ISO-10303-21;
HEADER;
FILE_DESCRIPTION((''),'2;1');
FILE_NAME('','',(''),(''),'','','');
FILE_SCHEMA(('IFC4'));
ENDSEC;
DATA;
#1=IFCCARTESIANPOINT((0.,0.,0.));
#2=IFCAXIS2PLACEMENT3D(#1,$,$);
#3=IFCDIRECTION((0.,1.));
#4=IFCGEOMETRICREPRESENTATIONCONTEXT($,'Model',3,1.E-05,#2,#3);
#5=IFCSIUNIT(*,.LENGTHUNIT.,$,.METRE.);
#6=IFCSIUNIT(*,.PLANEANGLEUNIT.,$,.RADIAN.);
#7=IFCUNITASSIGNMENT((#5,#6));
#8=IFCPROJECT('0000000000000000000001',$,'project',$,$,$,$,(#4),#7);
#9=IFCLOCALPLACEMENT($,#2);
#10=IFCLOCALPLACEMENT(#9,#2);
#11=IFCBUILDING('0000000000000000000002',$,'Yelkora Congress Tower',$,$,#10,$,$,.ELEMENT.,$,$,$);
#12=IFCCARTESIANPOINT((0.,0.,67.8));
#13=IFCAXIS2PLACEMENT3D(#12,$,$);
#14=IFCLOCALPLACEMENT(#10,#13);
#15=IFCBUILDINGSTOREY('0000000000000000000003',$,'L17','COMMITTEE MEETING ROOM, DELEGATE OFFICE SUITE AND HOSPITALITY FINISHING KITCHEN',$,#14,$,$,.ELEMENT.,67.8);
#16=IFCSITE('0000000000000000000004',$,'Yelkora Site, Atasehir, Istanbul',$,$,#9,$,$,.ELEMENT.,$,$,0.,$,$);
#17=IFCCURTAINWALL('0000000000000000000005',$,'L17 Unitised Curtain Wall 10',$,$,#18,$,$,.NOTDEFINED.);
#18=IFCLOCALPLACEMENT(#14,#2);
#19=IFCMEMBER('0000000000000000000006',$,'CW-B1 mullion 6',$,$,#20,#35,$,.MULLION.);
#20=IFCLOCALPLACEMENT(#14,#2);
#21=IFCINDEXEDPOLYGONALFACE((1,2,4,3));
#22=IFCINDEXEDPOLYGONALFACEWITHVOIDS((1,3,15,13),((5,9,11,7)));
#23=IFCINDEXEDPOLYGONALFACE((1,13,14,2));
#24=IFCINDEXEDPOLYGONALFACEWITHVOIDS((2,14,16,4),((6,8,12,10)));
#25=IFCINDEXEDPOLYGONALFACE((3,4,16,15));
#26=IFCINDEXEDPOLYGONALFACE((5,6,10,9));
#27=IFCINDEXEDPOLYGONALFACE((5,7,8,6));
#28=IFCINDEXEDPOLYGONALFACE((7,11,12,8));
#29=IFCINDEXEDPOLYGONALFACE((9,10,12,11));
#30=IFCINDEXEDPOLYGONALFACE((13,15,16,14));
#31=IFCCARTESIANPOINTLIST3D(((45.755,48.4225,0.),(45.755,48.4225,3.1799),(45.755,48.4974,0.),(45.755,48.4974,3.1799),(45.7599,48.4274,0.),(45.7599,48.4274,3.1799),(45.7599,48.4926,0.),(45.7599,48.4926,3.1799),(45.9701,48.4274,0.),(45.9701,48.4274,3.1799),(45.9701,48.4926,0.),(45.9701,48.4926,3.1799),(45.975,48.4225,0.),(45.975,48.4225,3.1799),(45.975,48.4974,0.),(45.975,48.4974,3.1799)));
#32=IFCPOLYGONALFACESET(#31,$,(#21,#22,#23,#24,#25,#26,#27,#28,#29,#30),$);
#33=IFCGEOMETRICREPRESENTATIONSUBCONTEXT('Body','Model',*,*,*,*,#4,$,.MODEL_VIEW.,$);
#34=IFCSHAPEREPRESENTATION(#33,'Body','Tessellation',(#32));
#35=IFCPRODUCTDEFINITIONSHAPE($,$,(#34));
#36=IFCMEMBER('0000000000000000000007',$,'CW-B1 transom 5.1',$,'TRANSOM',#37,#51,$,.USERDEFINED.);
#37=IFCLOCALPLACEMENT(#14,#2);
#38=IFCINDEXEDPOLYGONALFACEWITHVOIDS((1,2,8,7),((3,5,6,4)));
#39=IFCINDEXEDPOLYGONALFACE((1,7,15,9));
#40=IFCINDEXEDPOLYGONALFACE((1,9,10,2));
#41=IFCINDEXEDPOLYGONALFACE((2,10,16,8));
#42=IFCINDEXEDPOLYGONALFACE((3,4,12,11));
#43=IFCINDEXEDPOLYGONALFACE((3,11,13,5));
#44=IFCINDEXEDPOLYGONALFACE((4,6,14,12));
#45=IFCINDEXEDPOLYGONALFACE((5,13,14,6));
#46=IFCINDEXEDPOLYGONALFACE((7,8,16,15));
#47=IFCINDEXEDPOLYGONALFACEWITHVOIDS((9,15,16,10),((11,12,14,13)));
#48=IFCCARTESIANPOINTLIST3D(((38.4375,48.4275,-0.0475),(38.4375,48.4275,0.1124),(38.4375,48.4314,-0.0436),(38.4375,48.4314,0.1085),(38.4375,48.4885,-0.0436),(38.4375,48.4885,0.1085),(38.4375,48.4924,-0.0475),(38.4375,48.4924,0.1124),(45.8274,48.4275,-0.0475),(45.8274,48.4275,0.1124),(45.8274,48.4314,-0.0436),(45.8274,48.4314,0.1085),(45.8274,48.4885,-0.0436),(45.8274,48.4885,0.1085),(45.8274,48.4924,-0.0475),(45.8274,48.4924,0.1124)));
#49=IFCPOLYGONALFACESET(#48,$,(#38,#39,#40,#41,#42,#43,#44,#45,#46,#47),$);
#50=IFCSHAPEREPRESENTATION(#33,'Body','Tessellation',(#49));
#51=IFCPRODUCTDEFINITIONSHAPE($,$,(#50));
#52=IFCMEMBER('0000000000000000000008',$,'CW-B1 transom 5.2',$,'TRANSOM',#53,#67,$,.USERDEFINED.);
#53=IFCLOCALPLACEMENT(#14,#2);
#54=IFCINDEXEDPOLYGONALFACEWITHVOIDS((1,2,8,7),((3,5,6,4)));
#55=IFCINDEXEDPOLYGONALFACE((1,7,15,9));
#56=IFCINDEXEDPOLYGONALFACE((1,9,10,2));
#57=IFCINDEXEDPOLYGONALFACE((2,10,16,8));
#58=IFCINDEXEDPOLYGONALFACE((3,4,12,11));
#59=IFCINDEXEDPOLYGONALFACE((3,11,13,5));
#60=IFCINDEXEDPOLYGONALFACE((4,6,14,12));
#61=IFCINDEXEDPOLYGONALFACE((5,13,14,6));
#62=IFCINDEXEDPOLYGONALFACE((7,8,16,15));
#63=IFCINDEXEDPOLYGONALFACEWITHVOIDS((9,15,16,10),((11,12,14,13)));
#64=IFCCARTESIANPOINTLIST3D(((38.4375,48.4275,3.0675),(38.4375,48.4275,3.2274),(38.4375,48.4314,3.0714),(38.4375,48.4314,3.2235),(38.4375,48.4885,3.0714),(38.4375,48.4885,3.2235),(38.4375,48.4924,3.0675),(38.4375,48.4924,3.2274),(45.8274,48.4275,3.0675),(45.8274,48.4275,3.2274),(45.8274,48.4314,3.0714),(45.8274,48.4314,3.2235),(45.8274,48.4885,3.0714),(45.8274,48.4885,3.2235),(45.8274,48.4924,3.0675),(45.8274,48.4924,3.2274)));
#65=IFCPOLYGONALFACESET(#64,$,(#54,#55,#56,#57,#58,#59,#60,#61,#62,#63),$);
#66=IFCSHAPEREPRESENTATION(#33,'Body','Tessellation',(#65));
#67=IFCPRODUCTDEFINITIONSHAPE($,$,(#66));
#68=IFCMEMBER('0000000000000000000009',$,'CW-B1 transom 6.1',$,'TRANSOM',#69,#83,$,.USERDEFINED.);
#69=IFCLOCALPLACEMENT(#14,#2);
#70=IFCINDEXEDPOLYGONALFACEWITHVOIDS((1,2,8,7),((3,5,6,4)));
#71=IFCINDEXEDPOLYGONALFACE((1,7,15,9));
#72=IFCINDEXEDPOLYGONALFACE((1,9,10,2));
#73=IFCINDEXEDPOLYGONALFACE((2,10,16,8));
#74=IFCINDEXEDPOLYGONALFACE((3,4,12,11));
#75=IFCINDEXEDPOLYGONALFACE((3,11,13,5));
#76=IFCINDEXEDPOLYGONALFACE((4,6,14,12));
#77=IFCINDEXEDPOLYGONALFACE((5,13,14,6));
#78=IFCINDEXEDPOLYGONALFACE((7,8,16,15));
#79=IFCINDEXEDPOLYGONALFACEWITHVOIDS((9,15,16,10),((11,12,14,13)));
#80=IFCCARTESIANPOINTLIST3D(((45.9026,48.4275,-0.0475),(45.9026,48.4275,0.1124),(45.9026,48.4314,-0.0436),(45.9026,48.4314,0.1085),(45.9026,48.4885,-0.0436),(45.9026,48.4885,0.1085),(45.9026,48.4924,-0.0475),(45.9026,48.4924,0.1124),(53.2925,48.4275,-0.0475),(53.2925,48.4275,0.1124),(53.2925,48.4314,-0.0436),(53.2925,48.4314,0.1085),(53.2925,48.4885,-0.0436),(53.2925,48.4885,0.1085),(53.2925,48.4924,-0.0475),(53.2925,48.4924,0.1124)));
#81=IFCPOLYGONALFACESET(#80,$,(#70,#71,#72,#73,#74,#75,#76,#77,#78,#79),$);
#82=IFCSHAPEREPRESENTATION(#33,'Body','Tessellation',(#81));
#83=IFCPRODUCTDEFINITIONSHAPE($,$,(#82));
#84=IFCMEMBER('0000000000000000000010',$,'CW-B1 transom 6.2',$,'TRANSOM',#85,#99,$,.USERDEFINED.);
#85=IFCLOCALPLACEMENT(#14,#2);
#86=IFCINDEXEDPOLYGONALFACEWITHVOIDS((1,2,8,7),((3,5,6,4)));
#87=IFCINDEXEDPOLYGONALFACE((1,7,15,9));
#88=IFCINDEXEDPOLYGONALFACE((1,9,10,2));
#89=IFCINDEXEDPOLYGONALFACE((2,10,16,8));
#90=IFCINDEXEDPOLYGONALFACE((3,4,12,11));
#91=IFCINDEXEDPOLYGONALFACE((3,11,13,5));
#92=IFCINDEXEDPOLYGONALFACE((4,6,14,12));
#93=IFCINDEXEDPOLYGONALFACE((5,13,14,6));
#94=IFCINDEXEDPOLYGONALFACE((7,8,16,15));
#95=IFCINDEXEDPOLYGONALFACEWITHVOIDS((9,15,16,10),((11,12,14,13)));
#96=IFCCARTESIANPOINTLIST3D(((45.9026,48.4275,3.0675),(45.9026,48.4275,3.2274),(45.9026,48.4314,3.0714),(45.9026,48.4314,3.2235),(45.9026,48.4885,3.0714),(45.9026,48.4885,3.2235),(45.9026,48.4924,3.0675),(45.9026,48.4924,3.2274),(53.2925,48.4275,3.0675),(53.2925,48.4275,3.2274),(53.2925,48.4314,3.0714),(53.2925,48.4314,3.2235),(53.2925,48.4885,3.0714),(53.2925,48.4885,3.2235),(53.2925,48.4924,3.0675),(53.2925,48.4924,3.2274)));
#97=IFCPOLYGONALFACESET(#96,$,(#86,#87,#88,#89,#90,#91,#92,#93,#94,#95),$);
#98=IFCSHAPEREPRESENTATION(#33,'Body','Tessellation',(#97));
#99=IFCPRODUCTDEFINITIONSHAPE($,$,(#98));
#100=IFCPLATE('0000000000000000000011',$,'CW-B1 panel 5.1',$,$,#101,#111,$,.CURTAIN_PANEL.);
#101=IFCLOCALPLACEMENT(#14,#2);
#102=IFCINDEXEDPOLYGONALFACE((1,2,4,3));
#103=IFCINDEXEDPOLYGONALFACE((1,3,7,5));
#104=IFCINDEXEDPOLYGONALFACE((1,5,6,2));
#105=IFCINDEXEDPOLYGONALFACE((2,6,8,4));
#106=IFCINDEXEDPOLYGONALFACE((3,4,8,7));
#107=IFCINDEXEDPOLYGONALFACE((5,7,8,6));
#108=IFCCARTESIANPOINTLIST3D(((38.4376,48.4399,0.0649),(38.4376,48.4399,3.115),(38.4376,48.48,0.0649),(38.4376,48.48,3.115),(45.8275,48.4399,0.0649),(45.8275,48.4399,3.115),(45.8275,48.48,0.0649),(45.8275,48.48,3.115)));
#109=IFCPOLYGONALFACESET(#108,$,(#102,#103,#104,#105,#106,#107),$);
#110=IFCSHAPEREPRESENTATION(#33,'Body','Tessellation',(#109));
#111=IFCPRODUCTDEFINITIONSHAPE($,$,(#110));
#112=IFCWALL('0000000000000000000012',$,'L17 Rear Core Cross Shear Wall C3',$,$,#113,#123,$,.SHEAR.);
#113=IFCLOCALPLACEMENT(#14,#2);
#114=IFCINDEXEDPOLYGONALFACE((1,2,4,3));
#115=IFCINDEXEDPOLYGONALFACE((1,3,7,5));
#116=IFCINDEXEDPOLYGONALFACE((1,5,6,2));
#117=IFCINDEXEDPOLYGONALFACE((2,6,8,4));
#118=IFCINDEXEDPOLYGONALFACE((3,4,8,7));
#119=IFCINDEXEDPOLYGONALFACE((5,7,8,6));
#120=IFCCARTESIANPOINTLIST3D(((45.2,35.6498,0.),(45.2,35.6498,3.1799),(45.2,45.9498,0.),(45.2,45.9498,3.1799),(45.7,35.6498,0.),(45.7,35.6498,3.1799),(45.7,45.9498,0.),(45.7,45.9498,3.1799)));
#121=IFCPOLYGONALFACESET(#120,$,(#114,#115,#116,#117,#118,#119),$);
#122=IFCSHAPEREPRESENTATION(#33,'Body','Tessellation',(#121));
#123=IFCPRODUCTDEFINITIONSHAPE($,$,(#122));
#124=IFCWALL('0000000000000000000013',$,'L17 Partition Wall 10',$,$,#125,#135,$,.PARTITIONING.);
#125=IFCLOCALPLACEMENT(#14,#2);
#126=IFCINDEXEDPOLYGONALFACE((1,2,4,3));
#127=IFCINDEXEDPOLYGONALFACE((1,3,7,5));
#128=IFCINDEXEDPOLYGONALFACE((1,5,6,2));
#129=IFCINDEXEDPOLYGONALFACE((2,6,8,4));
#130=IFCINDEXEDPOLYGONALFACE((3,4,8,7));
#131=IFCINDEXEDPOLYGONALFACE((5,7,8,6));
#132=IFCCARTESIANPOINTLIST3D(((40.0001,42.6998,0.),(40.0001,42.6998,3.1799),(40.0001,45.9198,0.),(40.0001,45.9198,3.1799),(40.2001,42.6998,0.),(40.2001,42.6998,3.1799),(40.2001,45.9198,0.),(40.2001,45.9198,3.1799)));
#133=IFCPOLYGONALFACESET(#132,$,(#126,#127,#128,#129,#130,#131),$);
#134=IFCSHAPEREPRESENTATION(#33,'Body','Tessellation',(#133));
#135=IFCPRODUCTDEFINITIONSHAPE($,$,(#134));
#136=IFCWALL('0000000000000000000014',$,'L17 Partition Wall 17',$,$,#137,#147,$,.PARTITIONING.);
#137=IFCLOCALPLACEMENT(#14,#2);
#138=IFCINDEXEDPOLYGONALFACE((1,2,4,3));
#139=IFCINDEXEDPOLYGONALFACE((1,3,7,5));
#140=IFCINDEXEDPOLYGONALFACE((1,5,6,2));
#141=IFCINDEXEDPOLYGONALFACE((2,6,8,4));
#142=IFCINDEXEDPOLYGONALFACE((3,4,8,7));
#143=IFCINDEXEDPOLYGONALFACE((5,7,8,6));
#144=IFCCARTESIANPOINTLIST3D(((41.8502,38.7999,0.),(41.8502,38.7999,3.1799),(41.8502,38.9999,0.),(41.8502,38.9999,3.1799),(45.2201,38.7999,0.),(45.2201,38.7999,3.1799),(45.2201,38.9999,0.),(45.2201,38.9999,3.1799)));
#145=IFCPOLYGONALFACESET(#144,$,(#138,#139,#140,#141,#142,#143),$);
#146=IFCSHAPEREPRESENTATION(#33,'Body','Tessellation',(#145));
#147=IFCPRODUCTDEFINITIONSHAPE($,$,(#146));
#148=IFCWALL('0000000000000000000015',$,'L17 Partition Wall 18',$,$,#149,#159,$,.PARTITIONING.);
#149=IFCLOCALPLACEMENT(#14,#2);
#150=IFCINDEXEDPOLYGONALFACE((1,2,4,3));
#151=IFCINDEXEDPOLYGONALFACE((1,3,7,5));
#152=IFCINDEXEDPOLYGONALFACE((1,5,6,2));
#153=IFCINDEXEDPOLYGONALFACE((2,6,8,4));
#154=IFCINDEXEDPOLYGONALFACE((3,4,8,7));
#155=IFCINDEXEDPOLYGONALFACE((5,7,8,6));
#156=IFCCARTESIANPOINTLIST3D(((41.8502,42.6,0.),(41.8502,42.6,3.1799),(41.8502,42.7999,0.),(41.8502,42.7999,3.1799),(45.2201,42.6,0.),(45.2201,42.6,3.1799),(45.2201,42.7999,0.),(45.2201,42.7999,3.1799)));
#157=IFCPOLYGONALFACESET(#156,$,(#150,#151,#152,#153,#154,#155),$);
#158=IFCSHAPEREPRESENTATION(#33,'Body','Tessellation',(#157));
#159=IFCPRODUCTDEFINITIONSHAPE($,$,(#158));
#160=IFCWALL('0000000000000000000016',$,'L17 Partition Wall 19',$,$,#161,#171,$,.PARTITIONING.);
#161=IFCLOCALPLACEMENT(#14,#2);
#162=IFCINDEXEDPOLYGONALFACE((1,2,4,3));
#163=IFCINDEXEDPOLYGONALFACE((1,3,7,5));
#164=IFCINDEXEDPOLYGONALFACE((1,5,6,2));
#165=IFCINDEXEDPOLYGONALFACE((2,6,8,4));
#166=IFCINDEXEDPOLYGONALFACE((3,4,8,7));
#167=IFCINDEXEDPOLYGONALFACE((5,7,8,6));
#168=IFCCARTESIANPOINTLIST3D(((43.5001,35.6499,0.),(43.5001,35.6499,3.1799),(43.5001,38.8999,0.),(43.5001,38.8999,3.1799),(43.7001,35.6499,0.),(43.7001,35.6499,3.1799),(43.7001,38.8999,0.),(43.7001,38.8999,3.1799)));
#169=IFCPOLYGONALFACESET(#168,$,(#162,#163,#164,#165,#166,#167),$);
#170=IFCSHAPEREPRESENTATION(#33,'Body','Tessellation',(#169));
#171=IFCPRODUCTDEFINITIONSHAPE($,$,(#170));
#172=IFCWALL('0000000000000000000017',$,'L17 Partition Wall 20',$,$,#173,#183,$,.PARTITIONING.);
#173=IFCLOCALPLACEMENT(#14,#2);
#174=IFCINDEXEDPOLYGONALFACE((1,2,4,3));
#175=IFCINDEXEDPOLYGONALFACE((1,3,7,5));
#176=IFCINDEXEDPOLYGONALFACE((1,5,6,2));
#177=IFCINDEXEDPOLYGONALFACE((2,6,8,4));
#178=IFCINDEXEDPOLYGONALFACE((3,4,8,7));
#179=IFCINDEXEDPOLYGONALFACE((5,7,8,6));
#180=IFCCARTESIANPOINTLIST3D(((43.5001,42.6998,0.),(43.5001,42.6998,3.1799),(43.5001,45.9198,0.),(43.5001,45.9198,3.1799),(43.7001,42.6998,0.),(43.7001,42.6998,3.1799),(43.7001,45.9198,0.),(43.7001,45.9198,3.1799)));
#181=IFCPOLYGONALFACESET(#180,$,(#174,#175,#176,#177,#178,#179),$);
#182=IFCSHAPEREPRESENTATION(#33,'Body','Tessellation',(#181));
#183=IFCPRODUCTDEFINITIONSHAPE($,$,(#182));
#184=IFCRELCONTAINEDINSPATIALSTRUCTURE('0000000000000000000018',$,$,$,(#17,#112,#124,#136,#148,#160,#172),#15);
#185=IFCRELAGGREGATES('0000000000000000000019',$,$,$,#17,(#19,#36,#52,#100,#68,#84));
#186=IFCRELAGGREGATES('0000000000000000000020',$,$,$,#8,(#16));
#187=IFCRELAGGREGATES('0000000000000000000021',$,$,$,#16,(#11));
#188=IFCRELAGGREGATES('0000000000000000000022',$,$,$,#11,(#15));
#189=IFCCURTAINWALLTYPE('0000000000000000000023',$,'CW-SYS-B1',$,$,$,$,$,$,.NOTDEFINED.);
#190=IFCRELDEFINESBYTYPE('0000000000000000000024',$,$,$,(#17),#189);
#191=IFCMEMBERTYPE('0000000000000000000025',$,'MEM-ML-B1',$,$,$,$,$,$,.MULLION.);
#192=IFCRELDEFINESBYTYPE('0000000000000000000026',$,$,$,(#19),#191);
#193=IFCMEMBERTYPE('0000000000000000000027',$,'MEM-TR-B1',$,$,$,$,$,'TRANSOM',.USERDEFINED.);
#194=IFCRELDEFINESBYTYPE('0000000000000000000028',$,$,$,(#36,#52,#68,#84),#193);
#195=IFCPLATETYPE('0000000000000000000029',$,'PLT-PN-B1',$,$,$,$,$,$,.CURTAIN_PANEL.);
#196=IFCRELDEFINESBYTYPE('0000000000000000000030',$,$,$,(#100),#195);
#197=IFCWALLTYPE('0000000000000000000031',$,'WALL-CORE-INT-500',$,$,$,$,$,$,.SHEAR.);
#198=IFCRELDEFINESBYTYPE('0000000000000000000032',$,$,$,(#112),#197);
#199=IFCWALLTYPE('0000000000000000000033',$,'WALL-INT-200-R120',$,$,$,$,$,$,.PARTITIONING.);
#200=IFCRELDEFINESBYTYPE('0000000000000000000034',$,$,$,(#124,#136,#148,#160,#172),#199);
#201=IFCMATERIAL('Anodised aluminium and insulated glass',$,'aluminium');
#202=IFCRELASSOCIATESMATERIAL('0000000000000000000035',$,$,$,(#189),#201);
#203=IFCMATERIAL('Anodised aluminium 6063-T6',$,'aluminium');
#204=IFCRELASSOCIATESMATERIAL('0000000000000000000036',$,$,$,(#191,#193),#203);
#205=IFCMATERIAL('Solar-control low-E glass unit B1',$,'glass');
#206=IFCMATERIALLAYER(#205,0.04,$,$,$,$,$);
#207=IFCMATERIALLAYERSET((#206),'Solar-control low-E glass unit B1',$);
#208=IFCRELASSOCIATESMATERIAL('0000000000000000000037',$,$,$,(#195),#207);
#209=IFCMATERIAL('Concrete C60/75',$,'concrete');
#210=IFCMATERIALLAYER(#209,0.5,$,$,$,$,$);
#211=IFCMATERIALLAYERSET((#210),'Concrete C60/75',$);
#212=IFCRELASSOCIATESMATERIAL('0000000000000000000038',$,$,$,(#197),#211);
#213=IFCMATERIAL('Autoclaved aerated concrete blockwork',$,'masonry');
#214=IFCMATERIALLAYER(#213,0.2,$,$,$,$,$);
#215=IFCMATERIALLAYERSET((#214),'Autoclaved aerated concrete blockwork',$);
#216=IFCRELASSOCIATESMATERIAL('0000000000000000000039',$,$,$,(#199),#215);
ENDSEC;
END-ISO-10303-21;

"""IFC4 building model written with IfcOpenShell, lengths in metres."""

from ifc_helpers import new_model, si_unit, direction, frame, frame_2d, origin, origin_2d, place, context, subcontext, project, spatial, rectangle, hollow_rectangle, extrude, material, layer, layer_set, material_profile, profile_set, type_object, element, aggregate, save


model = new_model("IFC4")

# Units and contexts
model_context = context("Model", 3, precision=1e-05, world=origin(), true_north=direction((0.0, 1.0)))
body_context = subcontext(model_context, "Body", "Model", "MODEL_VIEW")
ifc_project = project(units=[si_unit("LENGTHUNIT", "METRE"), si_unit("PLANEANGLEUNIT", "RADIAN")], contexts=[model_context])

# Site, building, storey
site_placement = place(None, origin())
site = spatial("IfcSite", under=ifc_project, at=site_placement, Name="Yelkora Site, Atasehir, Istanbul", CompositionType="ELEMENT", RefElevation=0.0)
building_placement = place(site_placement, origin())
building = spatial("IfcBuilding", under=site, at=building_placement, Name="Yelkora Congress Tower", CompositionType="ELEMENT")
storey_placement = place(building_placement, frame((0.0, 0.0, 67.8)))
storey = spatial("IfcBuildingStorey", under=building, at=storey_placement, Name="L17", Description="COMMITTEE MEETING ROOM, DELEGATE OFFICE SUITE AND HOSPITALITY FINISHING KITCHEN", CompositionType="ELEMENT", Elevation=67.8)

# Shared definitions
ifc_material_1 = material(Name="Concrete C60/75", Category="concrete")

# Curtain wall, members, plate
ifc_material_2 = material(Name="Anodised aluminium and insulated glass", Category="aluminium")
curtain_wall_type = type_object("IfcCurtainWallType", Name="CW-SYS-B1", PredefinedType="NOTDEFINED", material=ifc_material_2)
curtain_wall_placement = place(storey_placement, origin())
curtain_wall = element("IfcCurtainWall", 1, at=curtain_wall_placement, inside=storey, type_object=curtain_wall_type, Name="L17 Unitised Curtain Wall 10", PredefinedType="NOTDEFINED")
ifc_material_3 = material(Name="Anodised aluminium 6063-T6", Category="aluminium")
ifc_material_profile_1 = material_profile(ifc_material_3, hollow_rectangle(XDim=0.075, YDim=0.22, WallThickness=0.0049, at=origin_2d()), Name="ALU 75x220x5")
ifc_profile_set_1 = profile_set([ifc_material_profile_1], Name="Anodised aluminium 6063-T6")
member_type_1 = type_object("IfcMemberType", Name="MEM-ML-B1", PredefinedType="MULLION", material=ifc_profile_set_1)
member_1_placement = place(storey_placement, frame((45.865, 48.46, 0.0), z_axis=(0.0, 0.0, 1.0), x_axis=(0.0, 1.0, 0.0)))
member_1 = element("IfcMember", 2, at=member_1_placement, type_object=member_type_1, Name="CW-B1 mullion 6", PredefinedType="MULLION", context=body_context, shape_type="SweptSolid", body=[
    extrude(hollow_rectangle(XDim=0.075, YDim=0.22, WallThickness=0.0049, at=origin_2d()), origin(), (0.0, 0.0, 1.0), 3.1799),
])
ifc_material_profile_2 = material_profile(ifc_material_3, hollow_rectangle(XDim=0.0649, YDim=0.1599, WallThickness=0.0039, at=origin_2d()), Name="ALU 65x160x4")
ifc_profile_set_2 = profile_set([ifc_material_profile_2], Name="Anodised aluminium 6063-T6")
member_type_2 = type_object("IfcMemberType", Name="MEM-TR-B1", ElementType="TRANSOM", PredefinedType="USERDEFINED", material=ifc_profile_set_2)
member_2_placement = place(storey_placement, frame((38.4375, 48.46, 0.0325), z_axis=(1.0, 0.0, 0.0), x_axis=(0.0, 1.0, 0.0)))
member_2 = element("IfcMember", 3, at=member_2_placement, type_object=member_type_2, Name="CW-B1 transom 5.1", ObjectType="TRANSOM", PredefinedType="USERDEFINED", context=body_context, shape_type="SweptSolid", body=[
    extrude(hollow_rectangle(XDim=0.0649, YDim=0.1599, WallThickness=0.0039, at=origin_2d()), origin(), (0.0, 0.0, 1.0), 7.3899),
])
member_3_placement = place(storey_placement, frame((38.4375, 48.46, 3.1475), z_axis=(1.0, 0.0, 0.0), x_axis=(0.0, 1.0, 0.0)))
member_3 = element("IfcMember", 4, at=member_3_placement, type_object=member_type_2, Name="CW-B1 transom 5.2", ObjectType="TRANSOM", PredefinedType="USERDEFINED", context=body_context, shape_type="SweptSolid", body=[
    extrude(hollow_rectangle(XDim=0.0649, YDim=0.1599, WallThickness=0.0039, at=origin_2d()), origin(), (0.0, 0.0, 1.0), 7.3899),
])
member_4_placement = place(storey_placement, frame((45.9026, 48.46, 0.0325), z_axis=(1.0, 0.0, 0.0), x_axis=(0.0, 1.0, 0.0)))
member_4 = element("IfcMember", 5, at=member_4_placement, type_object=member_type_2, Name="CW-B1 transom 6.1", ObjectType="TRANSOM", PredefinedType="USERDEFINED", context=body_context, shape_type="SweptSolid", body=[
    extrude(hollow_rectangle(XDim=0.0649, YDim=0.1599, WallThickness=0.0039, at=origin_2d()), origin(), (0.0, 0.0, 1.0), 7.3899),
])
member_5_placement = place(storey_placement, frame((45.9026, 48.46, 3.1475), z_axis=(1.0, 0.0, 0.0), x_axis=(0.0, 1.0, 0.0)))
member_5 = element("IfcMember", 6, at=member_5_placement, type_object=member_type_2, Name="CW-B1 transom 6.2", ObjectType="TRANSOM", PredefinedType="USERDEFINED", context=body_context, shape_type="SweptSolid", body=[
    extrude(hollow_rectangle(XDim=0.0649, YDim=0.1599, WallThickness=0.0039, at=origin_2d()), origin(), (0.0, 0.0, 1.0), 7.3899),
])
ifc_material_4 = material(Name="Solar-control low-E glass unit B1", Category="glass")
ifc_layer_1 = layer(ifc_material_4, 0.04)
ifc_layer_set_1 = layer_set([ifc_layer_1], Name="Solar-control low-E glass unit B1")
plate_type = type_object("IfcPlateType", Name="PLT-PN-B1", PredefinedType="CURTAIN_PANEL", material=ifc_layer_set_1)
plate_placement = place(storey_placement, frame((42.1326, 48.46, 0.0649), z_axis=(0.0, 0.0, 1.0), x_axis=(1.0, 0.0, 0.0)))
plate = element("IfcPlate", 7, at=plate_placement, type_object=plate_type, Name="CW-B1 panel 5.1", PredefinedType="CURTAIN_PANEL", context=body_context, shape_type="SweptSolid", body=[
    extrude(rectangle(XDim=7.3899, YDim=0.04, at=origin_2d()), origin(), (0.0, 0.0, 1.0), 3.05),
])
aggregate(curtain_wall, [member_1, member_2, member_3, plate, member_4, member_5])

# Wall
ifc_layer_2 = layer(ifc_material_1, 0.5)
ifc_layer_set_2 = layer_set([ifc_layer_2], Name="Concrete C60/75")
wall_type_1 = type_object("IfcWallType", Name="WALL-CORE-INT-500", PredefinedType="SHEAR", material=ifc_layer_set_2)
wall_1_placement = place(storey_placement, frame((45.45, 35.6499, 0.0), z_axis=(0.0, 0.0, 1.0), x_axis=(0.0, 1.0, 0.0)))
element("IfcWall", 8, at=wall_1_placement, inside=storey, type_object=wall_type_1, Name="L17 Rear Core Cross Shear Wall C3", PredefinedType="SHEAR", context=body_context, shape_type="SweptSolid", body=[
    extrude(rectangle(XDim=10.3, YDim=0.5, at=frame_2d((5.1499, 0.0))), origin(), (0.0, 0.0, 1.0), 3.1799),
])

# Walls
ifc_material_5 = material(Name="Autoclaved aerated concrete blockwork", Category="masonry")
ifc_layer_3 = layer(ifc_material_5, 0.2)
ifc_layer_set_3 = layer_set([ifc_layer_3], Name="Autoclaved aerated concrete blockwork")
wall_type_2 = type_object("IfcWallType", Name="WALL-INT-200-R120", PredefinedType="PARTITIONING", material=ifc_layer_set_3)
wall_2_placement = place(storey_placement, frame((40.1001, 42.7, 0.0), z_axis=(0.0, 0.0, 1.0), x_axis=(0.0, 1.0, 0.0)))
element("IfcWall", 9, at=wall_2_placement, inside=storey, type_object=wall_type_2, Name="L17 Partition Wall 10", PredefinedType="PARTITIONING", context=body_context, shape_type="SweptSolid", body=[
    extrude(rectangle(XDim=3.22, YDim=0.2, at=frame_2d((1.6099, 0.0))), origin(), (0.0, 0.0, 1.0), 3.1799),
])
for number, where, z_axis, x_axis, name in (
    (10, (41.8501, 38.8999, 0.0), (0.0, 0.0, 1.0), (1.0, 0.0, 0.0), "L17 Partition Wall 17"),
    (11, (41.8501, 42.7, 0.0), (0.0, 0.0, 1.0), (1.0, 0.0, 0.0), "L17 Partition Wall 18"),
):
    element("IfcWall", number, at=place(storey_placement, frame(where, z_axis=z_axis, x_axis=x_axis)), inside=storey, type_object=wall_type_2, Name=name, PredefinedType="PARTITIONING", context=body_context, shape_type="SweptSolid", body=[
        extrude(rectangle(XDim=3.3699, YDim=0.2, at=frame_2d((1.6851, 0.0))), origin(), (0.0, 0.0, 1.0), 3.1799),
    ])
wall_3_placement = place(storey_placement, frame((43.6001, 35.6499, 0.0), z_axis=(0.0, 0.0, 1.0), x_axis=(0.0, 1.0, 0.0)))
element("IfcWall", 12, at=wall_3_placement, inside=storey, type_object=wall_type_2, Name="L17 Partition Wall 19", PredefinedType="PARTITIONING", context=body_context, shape_type="SweptSolid", body=[
    extrude(rectangle(XDim=3.25, YDim=0.2, at=frame_2d((1.625, 0.0))), origin(), (0.0, 0.0, 1.0), 3.1799),
])
wall_4_placement = place(storey_placement, frame((43.6001, 42.7, 0.0), z_axis=(0.0, 0.0, 1.0), x_axis=(0.0, 1.0, 0.0)))
element("IfcWall", 13, at=wall_4_placement, inside=storey, type_object=wall_type_2, Name="L17 Partition Wall 20", PredefinedType="PARTITIONING", context=body_context, shape_type="SweptSolid", body=[
    extrude(rectangle(XDim=3.22, YDim=0.2, at=frame_2d((1.6099, 0.0))), origin(), (0.0, 0.0, 1.0), 3.1799),
])

save(model, "model.ifc")
